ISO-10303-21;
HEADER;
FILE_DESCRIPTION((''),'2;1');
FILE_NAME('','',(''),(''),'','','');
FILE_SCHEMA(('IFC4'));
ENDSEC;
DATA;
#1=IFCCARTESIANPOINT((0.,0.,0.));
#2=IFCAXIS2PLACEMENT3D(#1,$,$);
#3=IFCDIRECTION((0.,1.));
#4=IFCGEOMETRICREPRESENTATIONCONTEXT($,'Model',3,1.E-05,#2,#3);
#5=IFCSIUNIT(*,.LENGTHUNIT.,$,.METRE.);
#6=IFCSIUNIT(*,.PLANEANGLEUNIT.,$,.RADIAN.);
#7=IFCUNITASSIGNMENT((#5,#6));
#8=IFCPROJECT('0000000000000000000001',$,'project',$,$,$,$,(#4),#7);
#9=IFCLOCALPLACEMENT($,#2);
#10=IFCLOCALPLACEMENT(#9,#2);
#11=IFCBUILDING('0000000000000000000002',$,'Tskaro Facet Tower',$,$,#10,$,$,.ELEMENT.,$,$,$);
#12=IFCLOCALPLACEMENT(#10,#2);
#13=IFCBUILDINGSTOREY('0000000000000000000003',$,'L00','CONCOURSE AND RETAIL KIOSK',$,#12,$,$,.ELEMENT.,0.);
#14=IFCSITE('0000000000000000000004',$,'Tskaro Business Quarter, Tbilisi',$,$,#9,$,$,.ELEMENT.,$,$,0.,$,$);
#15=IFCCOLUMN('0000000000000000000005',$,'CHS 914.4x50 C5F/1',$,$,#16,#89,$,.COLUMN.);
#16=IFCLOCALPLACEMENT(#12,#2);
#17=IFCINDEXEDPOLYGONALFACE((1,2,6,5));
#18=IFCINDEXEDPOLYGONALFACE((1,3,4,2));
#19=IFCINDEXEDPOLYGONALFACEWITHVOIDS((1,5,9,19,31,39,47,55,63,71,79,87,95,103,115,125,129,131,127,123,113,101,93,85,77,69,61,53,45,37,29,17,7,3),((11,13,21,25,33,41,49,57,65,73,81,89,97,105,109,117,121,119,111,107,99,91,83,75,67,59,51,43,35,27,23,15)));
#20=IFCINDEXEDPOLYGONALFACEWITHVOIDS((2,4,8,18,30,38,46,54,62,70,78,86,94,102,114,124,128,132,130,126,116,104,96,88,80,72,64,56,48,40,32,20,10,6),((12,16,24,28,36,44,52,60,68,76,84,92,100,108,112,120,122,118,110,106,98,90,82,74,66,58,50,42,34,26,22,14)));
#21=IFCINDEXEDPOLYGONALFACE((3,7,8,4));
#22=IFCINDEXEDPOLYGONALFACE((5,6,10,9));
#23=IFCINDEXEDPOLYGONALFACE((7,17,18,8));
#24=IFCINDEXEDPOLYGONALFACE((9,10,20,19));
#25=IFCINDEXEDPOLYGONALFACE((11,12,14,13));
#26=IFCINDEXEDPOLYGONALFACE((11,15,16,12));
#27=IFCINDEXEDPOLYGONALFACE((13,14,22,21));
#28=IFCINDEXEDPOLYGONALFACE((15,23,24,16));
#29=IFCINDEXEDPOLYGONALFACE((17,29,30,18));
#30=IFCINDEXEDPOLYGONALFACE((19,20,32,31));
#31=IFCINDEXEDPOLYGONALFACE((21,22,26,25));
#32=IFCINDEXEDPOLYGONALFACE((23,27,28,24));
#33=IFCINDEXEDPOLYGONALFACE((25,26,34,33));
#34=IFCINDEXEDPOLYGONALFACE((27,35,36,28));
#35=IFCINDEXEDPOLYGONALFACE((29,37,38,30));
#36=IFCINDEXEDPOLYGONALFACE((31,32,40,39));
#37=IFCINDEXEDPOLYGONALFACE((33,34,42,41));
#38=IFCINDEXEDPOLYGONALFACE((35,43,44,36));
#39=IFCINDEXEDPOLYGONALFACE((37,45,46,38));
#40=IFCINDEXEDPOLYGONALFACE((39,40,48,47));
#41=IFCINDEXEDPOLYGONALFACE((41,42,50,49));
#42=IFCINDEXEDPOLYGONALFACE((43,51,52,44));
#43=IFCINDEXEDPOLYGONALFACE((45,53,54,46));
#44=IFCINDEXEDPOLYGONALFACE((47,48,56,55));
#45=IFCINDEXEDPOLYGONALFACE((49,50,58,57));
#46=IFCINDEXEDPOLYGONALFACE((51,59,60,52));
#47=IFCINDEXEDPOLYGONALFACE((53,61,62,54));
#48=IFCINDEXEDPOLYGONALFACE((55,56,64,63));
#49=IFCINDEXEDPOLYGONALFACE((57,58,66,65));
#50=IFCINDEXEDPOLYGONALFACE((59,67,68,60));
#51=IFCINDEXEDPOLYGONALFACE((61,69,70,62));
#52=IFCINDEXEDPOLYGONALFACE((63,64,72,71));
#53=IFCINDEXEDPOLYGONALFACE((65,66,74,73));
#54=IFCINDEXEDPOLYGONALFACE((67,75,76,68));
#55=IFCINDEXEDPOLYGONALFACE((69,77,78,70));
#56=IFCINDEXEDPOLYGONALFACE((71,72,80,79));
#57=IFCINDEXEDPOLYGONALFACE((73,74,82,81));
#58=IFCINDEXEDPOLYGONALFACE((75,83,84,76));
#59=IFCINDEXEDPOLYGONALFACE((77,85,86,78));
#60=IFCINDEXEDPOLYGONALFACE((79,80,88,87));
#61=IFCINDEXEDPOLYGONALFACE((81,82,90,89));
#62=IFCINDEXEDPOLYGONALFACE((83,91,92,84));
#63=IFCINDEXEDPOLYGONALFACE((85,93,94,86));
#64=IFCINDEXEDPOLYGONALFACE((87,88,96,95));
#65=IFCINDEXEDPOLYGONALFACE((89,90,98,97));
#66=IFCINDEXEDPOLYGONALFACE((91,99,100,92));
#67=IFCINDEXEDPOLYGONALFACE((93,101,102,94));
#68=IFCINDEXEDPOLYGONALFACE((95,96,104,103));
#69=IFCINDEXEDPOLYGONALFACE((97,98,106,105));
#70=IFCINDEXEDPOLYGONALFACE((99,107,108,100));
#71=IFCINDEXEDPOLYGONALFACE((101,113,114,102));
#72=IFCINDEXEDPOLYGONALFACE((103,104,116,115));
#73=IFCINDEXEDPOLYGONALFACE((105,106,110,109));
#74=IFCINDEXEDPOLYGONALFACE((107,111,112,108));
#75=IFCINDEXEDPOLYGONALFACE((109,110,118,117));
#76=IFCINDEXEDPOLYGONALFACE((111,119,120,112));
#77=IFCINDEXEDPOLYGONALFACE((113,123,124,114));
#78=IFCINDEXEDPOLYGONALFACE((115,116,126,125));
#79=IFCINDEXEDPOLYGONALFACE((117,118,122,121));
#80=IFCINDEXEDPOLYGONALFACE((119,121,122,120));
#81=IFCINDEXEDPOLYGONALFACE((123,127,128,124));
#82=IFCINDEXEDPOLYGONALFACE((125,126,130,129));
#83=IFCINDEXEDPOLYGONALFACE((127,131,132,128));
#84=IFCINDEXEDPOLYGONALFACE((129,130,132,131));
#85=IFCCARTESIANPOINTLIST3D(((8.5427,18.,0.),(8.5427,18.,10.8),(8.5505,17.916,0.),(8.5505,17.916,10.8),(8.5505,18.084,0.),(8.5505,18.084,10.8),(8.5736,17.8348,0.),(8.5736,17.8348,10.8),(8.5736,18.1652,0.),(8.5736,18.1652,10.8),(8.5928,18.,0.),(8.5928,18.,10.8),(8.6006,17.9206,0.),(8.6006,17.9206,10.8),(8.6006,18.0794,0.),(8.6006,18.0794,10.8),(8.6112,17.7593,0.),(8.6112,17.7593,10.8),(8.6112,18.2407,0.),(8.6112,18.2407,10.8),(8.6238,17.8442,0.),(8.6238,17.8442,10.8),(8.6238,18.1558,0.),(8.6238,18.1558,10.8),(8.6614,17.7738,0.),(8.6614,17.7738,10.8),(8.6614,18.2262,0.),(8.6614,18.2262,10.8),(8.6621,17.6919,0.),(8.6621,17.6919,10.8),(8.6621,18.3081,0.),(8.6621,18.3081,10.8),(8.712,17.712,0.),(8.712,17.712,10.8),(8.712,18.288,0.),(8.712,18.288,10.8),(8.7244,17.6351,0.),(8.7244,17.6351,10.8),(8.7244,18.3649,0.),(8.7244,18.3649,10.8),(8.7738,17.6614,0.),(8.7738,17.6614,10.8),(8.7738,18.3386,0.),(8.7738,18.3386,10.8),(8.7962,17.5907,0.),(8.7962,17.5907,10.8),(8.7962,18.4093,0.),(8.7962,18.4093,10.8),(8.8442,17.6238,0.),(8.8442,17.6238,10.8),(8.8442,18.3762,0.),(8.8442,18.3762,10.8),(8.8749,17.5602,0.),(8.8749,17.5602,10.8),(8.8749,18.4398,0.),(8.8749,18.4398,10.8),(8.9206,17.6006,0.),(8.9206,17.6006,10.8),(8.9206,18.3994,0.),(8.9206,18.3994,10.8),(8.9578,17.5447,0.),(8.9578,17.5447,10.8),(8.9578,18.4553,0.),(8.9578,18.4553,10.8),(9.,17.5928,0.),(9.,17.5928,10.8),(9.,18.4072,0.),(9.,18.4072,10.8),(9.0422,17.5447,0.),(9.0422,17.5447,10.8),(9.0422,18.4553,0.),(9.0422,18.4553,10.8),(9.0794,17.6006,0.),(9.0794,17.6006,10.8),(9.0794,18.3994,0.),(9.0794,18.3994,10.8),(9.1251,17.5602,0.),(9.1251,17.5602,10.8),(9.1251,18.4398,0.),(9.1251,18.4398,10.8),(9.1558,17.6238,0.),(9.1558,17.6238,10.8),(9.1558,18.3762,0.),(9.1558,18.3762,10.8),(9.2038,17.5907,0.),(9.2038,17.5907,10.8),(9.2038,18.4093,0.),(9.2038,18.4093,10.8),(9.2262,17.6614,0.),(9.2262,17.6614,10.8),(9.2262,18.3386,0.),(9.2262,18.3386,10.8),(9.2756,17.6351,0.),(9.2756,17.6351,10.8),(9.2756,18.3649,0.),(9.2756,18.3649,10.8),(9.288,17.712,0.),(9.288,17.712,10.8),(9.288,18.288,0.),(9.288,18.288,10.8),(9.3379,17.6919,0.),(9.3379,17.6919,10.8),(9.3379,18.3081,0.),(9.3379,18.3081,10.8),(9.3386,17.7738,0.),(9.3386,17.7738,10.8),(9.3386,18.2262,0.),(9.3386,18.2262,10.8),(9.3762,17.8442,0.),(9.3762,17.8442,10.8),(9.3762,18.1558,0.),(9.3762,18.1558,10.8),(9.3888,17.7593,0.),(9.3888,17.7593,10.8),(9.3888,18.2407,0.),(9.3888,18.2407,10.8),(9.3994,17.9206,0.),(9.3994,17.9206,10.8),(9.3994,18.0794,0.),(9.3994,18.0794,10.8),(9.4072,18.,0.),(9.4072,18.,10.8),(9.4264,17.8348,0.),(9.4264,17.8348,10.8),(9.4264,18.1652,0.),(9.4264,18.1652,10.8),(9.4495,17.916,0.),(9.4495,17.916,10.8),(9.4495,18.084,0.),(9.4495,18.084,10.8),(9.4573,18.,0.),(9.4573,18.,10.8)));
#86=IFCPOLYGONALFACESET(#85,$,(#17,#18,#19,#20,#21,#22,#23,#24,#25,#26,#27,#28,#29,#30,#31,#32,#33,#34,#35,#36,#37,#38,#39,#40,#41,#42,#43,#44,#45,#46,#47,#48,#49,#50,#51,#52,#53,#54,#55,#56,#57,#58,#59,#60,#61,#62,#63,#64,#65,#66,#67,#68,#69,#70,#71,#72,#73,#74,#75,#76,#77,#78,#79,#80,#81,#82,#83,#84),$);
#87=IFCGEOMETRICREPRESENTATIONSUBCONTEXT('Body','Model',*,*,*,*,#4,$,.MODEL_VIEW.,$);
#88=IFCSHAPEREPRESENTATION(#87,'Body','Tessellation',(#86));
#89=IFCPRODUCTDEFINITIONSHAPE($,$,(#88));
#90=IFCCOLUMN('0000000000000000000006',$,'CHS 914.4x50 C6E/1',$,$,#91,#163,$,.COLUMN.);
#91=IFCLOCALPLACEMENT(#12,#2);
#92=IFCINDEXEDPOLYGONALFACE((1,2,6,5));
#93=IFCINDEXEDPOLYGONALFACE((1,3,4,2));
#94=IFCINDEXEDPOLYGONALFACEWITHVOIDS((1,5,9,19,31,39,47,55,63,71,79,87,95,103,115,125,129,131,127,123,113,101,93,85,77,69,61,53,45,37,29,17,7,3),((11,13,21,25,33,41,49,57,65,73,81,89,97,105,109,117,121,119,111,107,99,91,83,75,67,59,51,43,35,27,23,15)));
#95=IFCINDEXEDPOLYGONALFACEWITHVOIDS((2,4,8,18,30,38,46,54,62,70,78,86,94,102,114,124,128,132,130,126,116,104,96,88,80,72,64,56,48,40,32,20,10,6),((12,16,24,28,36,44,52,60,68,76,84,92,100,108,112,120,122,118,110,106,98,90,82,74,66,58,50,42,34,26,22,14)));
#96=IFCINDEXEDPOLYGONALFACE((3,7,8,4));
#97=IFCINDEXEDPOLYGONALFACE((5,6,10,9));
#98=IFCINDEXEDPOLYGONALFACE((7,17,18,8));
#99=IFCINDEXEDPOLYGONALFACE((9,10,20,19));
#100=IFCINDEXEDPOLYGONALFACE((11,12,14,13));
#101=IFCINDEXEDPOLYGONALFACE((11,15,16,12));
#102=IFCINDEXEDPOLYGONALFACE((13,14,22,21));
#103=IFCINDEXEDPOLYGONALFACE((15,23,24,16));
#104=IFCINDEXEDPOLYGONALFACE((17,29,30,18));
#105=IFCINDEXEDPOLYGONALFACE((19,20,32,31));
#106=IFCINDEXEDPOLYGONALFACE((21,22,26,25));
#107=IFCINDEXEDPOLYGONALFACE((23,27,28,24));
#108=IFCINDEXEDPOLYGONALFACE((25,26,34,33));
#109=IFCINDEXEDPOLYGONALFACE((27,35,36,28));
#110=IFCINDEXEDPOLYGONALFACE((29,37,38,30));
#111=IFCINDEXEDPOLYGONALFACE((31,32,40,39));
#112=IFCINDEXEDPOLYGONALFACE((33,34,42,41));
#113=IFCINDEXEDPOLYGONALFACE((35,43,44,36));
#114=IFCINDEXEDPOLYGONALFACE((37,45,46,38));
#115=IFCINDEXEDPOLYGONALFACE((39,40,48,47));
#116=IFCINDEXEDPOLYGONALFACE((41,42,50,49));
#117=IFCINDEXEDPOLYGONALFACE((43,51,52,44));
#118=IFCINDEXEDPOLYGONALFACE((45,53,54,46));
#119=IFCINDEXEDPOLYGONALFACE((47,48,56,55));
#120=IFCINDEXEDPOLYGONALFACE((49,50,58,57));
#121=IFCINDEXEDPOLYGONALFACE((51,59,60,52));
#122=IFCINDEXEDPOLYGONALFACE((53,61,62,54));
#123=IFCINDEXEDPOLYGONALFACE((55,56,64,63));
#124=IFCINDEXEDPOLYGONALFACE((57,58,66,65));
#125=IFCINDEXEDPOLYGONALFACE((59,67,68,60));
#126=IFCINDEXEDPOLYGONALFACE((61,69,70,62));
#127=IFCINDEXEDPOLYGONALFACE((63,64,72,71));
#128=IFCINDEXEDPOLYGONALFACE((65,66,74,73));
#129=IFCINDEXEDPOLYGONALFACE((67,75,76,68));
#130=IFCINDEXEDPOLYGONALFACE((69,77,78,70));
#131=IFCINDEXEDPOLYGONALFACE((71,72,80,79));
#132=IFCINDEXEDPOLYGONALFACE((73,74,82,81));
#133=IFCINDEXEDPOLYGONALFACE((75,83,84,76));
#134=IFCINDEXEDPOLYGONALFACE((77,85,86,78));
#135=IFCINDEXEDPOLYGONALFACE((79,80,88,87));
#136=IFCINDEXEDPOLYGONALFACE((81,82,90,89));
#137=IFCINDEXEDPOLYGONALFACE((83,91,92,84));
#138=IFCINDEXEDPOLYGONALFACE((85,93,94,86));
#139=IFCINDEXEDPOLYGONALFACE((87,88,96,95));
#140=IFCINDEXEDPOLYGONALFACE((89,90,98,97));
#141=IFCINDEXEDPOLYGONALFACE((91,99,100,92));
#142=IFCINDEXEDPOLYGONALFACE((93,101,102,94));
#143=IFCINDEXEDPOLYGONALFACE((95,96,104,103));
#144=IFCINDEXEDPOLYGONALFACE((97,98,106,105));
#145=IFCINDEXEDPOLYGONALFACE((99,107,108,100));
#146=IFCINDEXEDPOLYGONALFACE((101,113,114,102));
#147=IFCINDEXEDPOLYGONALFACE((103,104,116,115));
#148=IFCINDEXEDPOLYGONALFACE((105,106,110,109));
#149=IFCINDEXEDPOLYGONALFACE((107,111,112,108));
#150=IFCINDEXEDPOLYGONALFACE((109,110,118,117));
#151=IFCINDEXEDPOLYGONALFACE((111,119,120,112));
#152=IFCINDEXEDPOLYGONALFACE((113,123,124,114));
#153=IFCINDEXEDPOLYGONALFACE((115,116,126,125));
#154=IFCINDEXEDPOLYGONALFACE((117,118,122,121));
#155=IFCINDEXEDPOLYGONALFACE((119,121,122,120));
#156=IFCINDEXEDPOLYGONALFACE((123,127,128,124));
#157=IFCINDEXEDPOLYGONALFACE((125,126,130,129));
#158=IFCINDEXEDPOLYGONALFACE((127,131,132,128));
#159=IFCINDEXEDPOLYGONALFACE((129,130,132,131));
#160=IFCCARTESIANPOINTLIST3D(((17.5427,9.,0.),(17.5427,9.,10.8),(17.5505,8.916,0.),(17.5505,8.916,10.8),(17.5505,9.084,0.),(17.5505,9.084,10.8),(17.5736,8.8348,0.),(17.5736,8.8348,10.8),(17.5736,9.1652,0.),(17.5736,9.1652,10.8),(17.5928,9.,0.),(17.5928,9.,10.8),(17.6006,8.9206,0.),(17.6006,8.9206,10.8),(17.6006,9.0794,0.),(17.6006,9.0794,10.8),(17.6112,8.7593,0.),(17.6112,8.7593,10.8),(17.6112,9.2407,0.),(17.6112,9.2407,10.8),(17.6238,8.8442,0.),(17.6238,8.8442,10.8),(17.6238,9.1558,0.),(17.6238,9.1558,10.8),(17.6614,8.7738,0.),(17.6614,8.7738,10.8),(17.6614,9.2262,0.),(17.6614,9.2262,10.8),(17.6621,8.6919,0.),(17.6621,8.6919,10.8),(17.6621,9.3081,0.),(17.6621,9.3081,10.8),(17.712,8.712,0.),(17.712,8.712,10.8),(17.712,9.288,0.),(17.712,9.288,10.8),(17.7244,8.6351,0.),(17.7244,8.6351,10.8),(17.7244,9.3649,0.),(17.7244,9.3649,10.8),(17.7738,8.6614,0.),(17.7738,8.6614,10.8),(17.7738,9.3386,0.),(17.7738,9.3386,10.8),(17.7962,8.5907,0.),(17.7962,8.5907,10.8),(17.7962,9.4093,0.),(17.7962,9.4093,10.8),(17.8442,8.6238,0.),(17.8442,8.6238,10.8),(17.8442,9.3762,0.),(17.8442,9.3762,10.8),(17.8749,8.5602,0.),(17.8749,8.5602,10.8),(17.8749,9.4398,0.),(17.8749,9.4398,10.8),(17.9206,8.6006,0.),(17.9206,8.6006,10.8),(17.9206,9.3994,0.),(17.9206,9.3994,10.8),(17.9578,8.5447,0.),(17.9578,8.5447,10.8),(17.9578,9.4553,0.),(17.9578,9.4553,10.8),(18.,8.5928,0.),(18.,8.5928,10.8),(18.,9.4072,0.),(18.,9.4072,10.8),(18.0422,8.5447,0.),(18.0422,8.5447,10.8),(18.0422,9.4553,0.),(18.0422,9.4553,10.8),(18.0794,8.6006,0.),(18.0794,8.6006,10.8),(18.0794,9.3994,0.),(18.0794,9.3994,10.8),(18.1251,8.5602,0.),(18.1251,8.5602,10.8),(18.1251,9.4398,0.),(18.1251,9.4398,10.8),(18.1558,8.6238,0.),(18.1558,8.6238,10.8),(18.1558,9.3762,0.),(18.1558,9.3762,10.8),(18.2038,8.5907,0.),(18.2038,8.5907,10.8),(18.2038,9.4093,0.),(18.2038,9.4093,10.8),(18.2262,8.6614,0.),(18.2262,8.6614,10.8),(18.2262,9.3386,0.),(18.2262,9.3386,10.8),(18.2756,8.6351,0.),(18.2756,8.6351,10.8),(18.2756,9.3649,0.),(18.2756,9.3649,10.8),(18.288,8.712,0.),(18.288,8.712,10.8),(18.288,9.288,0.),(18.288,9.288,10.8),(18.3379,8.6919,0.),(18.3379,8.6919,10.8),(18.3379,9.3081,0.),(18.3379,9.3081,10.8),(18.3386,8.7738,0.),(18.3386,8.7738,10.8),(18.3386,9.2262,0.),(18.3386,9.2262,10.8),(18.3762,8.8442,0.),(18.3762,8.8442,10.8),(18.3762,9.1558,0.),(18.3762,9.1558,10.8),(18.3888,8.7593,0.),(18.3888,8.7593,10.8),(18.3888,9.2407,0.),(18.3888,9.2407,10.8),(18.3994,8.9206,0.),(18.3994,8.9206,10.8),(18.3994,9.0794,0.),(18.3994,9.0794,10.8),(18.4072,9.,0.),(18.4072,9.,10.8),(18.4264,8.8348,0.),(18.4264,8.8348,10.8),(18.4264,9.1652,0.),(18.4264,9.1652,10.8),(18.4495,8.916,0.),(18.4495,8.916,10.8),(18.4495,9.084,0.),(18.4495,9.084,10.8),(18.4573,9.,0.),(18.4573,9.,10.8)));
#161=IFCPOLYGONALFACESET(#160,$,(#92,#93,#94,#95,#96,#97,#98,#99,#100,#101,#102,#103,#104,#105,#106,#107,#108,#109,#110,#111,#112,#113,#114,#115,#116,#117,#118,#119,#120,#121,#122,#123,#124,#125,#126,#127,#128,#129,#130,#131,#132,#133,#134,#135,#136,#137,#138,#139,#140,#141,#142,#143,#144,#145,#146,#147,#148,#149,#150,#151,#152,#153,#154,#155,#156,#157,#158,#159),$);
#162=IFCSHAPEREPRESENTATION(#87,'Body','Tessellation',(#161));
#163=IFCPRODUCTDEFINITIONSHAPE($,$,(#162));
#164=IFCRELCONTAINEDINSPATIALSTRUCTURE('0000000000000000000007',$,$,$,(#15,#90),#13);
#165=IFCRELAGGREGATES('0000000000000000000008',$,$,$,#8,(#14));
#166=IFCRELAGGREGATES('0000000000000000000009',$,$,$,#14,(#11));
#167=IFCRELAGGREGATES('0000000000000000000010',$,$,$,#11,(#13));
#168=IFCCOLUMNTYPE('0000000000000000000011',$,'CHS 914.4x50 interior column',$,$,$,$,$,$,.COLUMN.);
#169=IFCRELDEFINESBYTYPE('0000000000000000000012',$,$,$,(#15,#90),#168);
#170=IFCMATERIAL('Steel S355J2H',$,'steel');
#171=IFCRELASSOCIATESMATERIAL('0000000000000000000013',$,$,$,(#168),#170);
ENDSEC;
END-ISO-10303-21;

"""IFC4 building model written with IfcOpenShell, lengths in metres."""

from ifc_helpers import new_model, si_unit, direction, frame, origin, origin_2d, place, context, subcontext, project, spatial, hollow_circle, extrude, material, material_profile, profile_set, type_object, element, save


model = new_model("IFC4")

# Units and contexts
model_context = context("Model", 3, precision=1e-05, world=origin(), true_north=direction((0.0, 1.0)))
body_context = subcontext(model_context, "Body", "Model", "MODEL_VIEW")
ifc_project = project(units=[si_unit("LENGTHUNIT", "METRE"), si_unit("PLANEANGLEUNIT", "RADIAN")], contexts=[model_context])

# Site, building, storey
site_placement = place(None, origin())
site = spatial("IfcSite", under=ifc_project, at=site_placement, Name="Tskaro Business Quarter, Tbilisi", CompositionType="ELEMENT", RefElevation=0.0)
building_placement = place(site_placement, origin())
building = spatial("IfcBuilding", under=site, at=building_placement, Name="Tskaro Facet Tower", CompositionType="ELEMENT")
storey_placement = place(building_placement, origin())
storey = spatial("IfcBuildingStorey", under=building, at=storey_placement, Name="L00", Description="CONCOURSE AND RETAIL KIOSK", CompositionType="ELEMENT", Elevation=0.0)

# Columns
ifc_material_1 = material(Name="Steel S355J2H", Category="steel")
ifc_material_profile_1 = material_profile(ifc_material_1, hollow_circle(Radius=0.4573, WallThickness=0.05, at=origin_2d()), Name="CHS 914.4x50")
ifc_profile_set_1 = profile_set([ifc_material_profile_1], Name="Steel S355J2H")
column_type_1 = type_object("IfcColumnType", Name="CHS 914.4x50 interior column", PredefinedType="COLUMN", material=ifc_profile_set_1)
for number, where, z_axis, x_axis, name in (
    (1, (9.0, 18.0, 0.0), (0.0, 0.0, 1.0), (1.0, 0.0, 0.0), "CHS 914.4x50 C5F/1"),
    (2, (18.0, 9.0, 0.0), (0.0, 0.0, 1.0), (1.0, 0.0, 0.0), "CHS 914.4x50 C6E/1"),
):
    element("IfcColumn", number, at=place(storey_placement, frame(where, z_axis=z_axis, x_axis=x_axis)), inside=storey, type_object=column_type_1, Name=name, PredefinedType="COLUMN", context=body_context, shape_type="SweptSolid", body=[
        extrude(hollow_circle(Radius=0.4573, WallThickness=0.05, at=origin_2d()), origin(), (0.0, 0.0, 1.0), 10.8),
    ])

save(model, "model.ifc")
